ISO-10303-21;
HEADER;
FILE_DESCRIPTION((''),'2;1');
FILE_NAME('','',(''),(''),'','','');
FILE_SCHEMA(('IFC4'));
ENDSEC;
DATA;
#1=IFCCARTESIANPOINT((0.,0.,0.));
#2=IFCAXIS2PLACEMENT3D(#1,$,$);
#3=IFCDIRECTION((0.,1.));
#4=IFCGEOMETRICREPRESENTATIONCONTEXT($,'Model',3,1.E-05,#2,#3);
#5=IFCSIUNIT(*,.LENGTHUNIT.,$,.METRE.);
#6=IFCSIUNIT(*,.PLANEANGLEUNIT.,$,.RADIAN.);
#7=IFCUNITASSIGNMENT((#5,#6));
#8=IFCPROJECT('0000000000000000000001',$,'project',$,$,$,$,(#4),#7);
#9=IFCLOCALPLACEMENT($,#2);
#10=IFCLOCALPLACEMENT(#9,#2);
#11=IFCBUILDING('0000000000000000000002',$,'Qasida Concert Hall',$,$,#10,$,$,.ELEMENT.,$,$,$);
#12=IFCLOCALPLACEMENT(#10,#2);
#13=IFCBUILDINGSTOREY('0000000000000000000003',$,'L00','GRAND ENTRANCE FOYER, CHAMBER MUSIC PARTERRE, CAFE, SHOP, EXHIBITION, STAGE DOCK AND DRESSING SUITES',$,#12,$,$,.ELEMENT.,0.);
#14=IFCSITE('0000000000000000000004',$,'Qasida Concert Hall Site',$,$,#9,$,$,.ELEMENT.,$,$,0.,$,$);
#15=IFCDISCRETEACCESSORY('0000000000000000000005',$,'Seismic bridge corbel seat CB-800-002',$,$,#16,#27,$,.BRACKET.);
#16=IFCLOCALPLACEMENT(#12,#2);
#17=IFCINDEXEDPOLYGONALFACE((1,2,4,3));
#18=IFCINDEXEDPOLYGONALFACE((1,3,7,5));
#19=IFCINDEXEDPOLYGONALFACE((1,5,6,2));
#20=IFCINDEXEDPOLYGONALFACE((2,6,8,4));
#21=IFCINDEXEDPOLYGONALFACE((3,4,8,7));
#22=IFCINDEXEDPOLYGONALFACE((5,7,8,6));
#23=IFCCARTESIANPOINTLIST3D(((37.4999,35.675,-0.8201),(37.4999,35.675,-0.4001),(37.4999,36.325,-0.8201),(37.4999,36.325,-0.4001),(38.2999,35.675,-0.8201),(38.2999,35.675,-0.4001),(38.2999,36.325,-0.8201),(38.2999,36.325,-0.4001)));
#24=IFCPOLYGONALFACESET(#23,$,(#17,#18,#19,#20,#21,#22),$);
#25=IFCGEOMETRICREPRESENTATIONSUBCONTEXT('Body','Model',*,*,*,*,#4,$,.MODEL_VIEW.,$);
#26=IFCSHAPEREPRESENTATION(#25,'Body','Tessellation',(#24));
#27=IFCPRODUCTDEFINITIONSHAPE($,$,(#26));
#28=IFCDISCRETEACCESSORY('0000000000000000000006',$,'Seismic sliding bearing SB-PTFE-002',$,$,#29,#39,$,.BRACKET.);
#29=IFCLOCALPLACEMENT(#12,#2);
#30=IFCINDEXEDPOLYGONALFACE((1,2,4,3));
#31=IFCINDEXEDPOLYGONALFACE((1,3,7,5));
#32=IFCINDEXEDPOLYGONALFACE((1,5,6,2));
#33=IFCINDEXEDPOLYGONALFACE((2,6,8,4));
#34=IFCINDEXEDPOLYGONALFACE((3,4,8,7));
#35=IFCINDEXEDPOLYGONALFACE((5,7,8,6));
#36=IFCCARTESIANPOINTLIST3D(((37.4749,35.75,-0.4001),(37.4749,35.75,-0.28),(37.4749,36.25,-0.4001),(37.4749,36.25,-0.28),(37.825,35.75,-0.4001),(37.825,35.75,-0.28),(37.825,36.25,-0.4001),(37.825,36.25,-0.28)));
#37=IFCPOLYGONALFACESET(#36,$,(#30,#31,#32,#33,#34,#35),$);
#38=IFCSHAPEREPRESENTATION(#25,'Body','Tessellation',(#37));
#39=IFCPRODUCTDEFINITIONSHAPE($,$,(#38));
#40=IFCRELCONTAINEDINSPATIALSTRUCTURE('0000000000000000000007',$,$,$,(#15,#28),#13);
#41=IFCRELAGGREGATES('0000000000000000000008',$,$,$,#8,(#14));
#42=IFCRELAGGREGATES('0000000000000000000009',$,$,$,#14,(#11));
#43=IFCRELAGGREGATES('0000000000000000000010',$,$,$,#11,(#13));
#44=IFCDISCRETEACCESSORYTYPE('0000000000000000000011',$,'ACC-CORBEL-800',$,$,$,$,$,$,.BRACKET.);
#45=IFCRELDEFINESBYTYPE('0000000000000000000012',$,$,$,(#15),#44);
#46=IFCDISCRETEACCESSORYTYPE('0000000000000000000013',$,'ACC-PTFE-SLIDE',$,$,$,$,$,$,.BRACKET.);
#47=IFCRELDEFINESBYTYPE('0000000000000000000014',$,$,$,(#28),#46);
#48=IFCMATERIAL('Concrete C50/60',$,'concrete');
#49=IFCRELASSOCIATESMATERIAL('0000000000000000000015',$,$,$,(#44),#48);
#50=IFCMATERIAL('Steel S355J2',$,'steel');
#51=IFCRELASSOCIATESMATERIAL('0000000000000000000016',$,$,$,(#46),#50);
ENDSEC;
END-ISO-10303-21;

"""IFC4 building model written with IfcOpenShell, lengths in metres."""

from ifc_helpers import new_model, si_unit, direction, frame, origin, origin_2d, place, context, subcontext, project, spatial, rectangle, extrude, material, type_object, element, save


model = new_model("IFC4")

# Units and contexts
model_context = context("Model", 3, precision=1e-05, world=origin(), true_north=direction((0.0, 1.0)))
body_context = subcontext(model_context, "Body", "Model", "MODEL_VIEW")
ifc_project = project(units=[si_unit("LENGTHUNIT", "METRE"), si_unit("PLANEANGLEUNIT", "RADIAN")], contexts=[model_context])

# Site, building, storey
site_placement = place(None, origin())
site = spatial("IfcSite", under=ifc_project, at=site_placement, Name="Qasida Concert Hall Site", CompositionType="ELEMENT", RefElevation=0.0)
building_placement = place(site_placement, origin())
building = spatial("IfcBuilding", under=site, at=building_placement, Name="Qasida Concert Hall", CompositionType="ELEMENT")
storey_placement = place(building_placement, origin())
storey = spatial("IfcBuildingStorey", under=building, at=storey_placement, Name="L00", Description="GRAND ENTRANCE FOYER, CHAMBER MUSIC PARTERRE, CAFE, SHOP, EXHIBITION, STAGE DOCK AND DRESSING SUITES", CompositionType="ELEMENT", Elevation=0.0)

# Shared definitions
ifc_material_1 = material(Name="Concrete C50/60", Category="concrete")

# Discrete accessories
discrete_accessory_type_1 = type_object("IfcDiscreteAccessoryType", Name="ACC-CORBEL-800", PredefinedType="BRACKET", material=ifc_material_1)
discrete_accessory_1_placement = place(storey_placement, frame((37.8999, 36.0, -0.8201), z_axis=(0.0, 0.0, 1.0), x_axis=(1.0, 0.0, 0.0)))
element("IfcDiscreteAccessory", 1, at=discrete_accessory_1_placement, inside=storey, type_object=discrete_accessory_type_1, Name="Seismic bridge corbel seat CB-800-002", PredefinedType="BRACKET", context=body_context, shape_type="SweptSolid", body=[
    extrude(rectangle(XDim=0.8, YDim=0.6499, at=origin_2d()), origin(), (0.0, 0.0, 1.0), 0.4199),
])
ifc_material_2 = material(Name="Steel S355J2", Category="steel")
discrete_accessory_type_2 = type_object("IfcDiscreteAccessoryType", Name="ACC-PTFE-SLIDE", PredefinedType="BRACKET", material=ifc_material_2)
discrete_accessory_2_placement = place(storey_placement, frame((37.6499, 36.0, -0.4001), z_axis=(0.0, 0.0, 1.0), x_axis=(1.0, 0.0, 0.0)))
element("IfcDiscreteAccessory", 2, at=discrete_accessory_2_placement, inside=storey, type_object=discrete_accessory_type_2, Name="Seismic sliding bearing SB-PTFE-002", PredefinedType="BRACKET", context=body_context, shape_type="SweptSolid", body=[
    extrude(rectangle(XDim=0.3501, YDim=0.5, at=origin_2d()), origin(), (0.0, 0.0, 1.0), 0.1201),
])

save(model, "model.ifc")
